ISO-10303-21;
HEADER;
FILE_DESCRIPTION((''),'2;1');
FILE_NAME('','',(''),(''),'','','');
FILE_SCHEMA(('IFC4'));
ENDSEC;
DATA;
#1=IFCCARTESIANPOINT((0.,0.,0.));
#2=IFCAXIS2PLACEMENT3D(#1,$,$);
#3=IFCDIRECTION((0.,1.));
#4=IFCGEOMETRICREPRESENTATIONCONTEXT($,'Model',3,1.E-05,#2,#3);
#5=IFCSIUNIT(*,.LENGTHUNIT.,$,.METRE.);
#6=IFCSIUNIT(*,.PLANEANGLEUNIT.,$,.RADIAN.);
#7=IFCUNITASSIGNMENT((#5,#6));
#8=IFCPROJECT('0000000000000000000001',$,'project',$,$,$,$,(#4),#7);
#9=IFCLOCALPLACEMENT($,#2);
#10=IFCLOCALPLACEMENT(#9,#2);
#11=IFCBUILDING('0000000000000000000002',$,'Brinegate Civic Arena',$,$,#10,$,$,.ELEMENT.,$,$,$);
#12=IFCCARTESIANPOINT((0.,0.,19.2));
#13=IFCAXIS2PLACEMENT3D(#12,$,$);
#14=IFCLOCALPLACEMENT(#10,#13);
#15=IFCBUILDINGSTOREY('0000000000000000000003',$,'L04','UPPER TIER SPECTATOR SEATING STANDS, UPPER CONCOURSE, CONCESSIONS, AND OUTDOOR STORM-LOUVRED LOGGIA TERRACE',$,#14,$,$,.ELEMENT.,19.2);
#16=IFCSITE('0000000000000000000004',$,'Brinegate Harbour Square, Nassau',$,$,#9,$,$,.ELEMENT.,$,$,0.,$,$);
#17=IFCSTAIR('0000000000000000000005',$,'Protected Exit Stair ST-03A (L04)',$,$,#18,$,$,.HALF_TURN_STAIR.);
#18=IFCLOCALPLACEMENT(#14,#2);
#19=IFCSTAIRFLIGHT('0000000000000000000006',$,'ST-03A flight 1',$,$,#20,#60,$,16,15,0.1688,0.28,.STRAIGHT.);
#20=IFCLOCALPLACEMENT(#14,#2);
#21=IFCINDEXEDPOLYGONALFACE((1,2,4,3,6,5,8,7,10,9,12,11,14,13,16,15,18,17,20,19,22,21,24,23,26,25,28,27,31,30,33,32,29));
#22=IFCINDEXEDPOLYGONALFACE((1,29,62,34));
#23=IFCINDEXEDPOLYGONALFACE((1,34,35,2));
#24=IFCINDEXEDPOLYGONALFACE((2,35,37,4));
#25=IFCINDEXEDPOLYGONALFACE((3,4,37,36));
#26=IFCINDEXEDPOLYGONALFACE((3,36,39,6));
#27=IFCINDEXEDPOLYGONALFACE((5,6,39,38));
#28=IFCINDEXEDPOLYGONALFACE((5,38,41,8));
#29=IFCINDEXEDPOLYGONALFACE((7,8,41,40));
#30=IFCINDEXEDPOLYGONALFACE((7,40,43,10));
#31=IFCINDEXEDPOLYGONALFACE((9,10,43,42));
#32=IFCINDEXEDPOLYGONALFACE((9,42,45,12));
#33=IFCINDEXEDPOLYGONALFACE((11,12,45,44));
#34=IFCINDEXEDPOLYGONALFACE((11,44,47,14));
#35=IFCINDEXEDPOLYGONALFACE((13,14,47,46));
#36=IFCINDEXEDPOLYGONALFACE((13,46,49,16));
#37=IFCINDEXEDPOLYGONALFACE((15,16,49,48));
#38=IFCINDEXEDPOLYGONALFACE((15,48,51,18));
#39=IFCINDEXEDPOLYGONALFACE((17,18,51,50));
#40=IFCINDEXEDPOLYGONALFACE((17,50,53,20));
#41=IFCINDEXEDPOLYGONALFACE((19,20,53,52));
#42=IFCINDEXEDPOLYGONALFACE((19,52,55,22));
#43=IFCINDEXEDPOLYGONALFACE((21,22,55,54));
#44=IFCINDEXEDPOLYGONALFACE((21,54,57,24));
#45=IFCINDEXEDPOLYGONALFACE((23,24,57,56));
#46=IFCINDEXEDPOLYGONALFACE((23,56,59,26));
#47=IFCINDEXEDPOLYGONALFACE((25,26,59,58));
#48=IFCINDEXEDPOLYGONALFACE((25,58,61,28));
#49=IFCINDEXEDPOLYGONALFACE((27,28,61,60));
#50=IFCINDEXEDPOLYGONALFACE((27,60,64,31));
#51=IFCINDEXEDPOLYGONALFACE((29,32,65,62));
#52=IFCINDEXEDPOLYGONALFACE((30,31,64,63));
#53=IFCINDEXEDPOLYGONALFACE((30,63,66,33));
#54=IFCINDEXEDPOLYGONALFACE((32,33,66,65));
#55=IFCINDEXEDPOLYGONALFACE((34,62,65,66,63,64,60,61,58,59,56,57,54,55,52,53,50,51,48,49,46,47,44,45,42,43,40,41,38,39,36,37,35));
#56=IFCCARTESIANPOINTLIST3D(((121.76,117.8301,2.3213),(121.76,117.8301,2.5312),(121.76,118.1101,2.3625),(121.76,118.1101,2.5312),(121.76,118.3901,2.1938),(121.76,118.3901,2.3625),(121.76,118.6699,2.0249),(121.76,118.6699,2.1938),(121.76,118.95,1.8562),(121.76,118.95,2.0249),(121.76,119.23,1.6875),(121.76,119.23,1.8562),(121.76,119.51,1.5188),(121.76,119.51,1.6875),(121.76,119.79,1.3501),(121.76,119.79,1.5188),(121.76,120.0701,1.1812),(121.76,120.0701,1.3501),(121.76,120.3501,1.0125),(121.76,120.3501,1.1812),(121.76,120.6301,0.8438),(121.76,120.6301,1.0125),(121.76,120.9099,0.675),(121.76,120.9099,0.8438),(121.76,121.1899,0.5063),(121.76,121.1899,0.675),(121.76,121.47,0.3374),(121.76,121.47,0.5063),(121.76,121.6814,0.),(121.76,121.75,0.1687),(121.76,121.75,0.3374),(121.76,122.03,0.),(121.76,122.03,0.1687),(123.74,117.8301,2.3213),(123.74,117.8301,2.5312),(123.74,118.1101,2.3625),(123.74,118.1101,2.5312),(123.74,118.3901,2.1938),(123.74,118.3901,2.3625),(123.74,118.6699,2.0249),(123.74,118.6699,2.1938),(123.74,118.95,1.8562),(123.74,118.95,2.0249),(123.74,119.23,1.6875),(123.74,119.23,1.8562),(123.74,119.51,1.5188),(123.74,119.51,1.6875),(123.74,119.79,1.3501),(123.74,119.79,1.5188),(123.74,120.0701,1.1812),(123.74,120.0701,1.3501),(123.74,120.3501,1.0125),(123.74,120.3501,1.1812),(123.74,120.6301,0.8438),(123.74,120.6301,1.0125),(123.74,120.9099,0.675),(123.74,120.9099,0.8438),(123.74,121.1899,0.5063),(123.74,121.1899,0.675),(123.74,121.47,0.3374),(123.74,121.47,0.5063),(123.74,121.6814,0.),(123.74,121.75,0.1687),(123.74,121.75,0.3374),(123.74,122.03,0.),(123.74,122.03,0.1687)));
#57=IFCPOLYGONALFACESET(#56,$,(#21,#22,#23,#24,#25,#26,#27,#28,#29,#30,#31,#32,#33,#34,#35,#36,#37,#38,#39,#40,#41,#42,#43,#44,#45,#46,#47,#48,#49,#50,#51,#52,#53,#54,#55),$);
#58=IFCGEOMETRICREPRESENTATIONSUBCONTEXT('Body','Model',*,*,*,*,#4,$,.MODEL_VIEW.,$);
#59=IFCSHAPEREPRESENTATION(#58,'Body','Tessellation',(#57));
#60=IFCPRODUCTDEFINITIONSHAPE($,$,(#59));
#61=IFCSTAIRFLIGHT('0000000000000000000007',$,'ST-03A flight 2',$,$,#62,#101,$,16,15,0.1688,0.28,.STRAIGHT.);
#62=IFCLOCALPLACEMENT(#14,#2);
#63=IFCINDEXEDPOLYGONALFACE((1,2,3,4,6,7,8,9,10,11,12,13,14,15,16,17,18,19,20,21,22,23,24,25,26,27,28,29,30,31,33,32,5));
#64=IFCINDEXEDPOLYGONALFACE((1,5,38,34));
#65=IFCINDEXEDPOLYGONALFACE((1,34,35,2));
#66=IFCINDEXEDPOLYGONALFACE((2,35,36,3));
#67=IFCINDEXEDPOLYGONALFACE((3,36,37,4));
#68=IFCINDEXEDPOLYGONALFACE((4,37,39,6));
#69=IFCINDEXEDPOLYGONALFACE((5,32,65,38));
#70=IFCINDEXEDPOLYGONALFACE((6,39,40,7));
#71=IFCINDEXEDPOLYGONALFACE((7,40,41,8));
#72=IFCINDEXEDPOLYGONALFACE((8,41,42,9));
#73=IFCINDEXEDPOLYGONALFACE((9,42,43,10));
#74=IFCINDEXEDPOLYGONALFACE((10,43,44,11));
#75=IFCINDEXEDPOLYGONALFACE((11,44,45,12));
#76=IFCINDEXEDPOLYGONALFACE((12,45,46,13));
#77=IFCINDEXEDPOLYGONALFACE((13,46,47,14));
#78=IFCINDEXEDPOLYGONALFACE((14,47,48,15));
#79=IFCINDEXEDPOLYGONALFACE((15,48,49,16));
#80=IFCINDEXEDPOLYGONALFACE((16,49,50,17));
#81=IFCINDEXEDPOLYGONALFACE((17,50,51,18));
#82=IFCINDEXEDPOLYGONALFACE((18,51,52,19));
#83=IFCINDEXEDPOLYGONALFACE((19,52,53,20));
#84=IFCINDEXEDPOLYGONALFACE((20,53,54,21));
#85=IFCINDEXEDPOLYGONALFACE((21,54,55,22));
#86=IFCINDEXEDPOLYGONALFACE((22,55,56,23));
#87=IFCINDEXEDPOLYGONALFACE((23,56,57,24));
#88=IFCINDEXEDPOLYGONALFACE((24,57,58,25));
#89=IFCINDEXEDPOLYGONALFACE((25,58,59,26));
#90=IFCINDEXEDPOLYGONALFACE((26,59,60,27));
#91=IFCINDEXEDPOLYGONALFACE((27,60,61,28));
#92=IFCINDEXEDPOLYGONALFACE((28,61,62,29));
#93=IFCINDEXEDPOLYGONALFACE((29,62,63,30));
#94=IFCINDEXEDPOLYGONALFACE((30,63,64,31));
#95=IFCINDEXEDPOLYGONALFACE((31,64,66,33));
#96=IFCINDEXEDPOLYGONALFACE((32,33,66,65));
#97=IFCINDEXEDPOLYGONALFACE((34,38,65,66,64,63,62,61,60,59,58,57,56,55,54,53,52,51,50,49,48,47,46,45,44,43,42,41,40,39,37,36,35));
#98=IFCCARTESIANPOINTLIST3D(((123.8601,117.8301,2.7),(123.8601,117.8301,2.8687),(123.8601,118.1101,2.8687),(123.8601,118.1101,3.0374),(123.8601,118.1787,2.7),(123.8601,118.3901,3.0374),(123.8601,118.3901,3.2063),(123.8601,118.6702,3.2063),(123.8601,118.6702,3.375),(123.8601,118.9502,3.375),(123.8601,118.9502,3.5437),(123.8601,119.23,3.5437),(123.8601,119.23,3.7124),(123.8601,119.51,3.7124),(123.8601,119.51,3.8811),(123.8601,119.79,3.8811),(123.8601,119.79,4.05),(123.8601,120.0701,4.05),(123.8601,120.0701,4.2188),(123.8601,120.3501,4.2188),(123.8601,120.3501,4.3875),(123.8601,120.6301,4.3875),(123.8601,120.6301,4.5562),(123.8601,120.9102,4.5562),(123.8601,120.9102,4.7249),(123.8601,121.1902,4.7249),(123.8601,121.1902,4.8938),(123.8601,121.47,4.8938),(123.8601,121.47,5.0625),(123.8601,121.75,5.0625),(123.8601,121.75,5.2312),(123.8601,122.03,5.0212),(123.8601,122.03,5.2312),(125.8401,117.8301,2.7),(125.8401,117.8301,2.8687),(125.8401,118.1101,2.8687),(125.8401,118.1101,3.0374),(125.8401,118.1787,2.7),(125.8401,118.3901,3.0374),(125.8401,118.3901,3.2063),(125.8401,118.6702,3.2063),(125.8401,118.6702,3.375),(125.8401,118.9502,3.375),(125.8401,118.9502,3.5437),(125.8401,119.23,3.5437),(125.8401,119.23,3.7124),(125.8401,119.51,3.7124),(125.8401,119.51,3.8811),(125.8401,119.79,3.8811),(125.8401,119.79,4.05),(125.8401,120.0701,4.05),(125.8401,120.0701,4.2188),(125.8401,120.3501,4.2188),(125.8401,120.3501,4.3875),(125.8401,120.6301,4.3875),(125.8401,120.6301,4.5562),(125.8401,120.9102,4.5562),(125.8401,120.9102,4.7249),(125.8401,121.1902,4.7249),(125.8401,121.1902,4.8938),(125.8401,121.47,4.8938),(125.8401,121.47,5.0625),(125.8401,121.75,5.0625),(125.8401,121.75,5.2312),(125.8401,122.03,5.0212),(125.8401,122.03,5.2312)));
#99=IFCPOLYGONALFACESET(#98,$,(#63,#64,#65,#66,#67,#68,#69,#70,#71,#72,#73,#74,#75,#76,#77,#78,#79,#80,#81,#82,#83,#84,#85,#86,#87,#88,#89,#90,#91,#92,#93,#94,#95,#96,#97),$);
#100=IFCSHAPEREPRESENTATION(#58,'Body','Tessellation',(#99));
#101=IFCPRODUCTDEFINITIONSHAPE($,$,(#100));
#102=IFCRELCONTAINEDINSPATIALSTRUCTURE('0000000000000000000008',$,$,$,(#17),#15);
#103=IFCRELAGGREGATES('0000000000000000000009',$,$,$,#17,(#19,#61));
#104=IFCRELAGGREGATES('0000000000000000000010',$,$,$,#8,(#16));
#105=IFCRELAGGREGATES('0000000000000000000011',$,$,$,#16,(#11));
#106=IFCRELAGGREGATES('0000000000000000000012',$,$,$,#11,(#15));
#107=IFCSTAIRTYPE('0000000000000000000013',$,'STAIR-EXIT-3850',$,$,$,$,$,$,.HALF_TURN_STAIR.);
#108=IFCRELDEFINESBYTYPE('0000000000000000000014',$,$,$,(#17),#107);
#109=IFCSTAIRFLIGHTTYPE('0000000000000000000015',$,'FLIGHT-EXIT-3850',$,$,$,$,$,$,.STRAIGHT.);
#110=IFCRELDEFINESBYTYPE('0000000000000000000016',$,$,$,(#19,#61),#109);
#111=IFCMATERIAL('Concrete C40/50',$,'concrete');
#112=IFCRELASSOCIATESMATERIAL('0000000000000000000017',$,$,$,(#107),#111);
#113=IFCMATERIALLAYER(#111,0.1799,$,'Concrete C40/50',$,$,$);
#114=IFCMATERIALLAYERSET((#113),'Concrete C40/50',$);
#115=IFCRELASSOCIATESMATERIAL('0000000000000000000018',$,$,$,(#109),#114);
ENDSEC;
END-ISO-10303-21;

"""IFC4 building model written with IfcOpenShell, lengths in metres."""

from ifc_helpers import new_model, si_unit, direction, frame, origin, place, context, subcontext, project, spatial, polyline, outline, extrude, material, layer, layer_set, type_object, element, aggregate, save


model = new_model("IFC4")

# Units and contexts
model_context = context("Model", 3, precision=1e-05, world=origin(), true_north=direction((0.0, 1.0)))
body_context = subcontext(model_context, "Body", "Model", "MODEL_VIEW")
ifc_project = project(units=[si_unit("LENGTHUNIT", "METRE"), si_unit("PLANEANGLEUNIT", "RADIAN")], contexts=[model_context])

# Site, building, storey
site_placement = place(None, origin())
site = spatial("IfcSite", under=ifc_project, at=site_placement, Name="Brinegate Harbour Square, Nassau", CompositionType="ELEMENT", RefElevation=0.0)
building_placement = place(site_placement, origin())
building = spatial("IfcBuilding", under=site, at=building_placement, Name="Brinegate Civic Arena", CompositionType="ELEMENT")
storey_placement = place(building_placement, frame((0.0, 0.0, 19.2)))
storey = spatial("IfcBuildingStorey", under=building, at=storey_placement, Name="L04", Description="UPPER TIER SPECTATOR SEATING STANDS, UPPER CONCOURSE, CONCESSIONS, AND OUTDOOR STORM-LOUVRED LOGGIA TERRACE", CompositionType="ELEMENT", Elevation=19.2)

# Stair, stair flights
ifc_material_1 = material(Name="Concrete C40/50", Category="concrete")
stair_type_1 = type_object("IfcStairType", Name="STAIR-EXIT-3850", PredefinedType="HALF_TURN_STAIR", material=ifc_material_1)
stair_1_placement = place(storey_placement, origin())
stair_1 = element("IfcStair", 1, at=stair_1_placement, inside=storey, type_object=stair_type_1, Name="Protected Exit Stair ST-03A (L04)", PredefinedType="HALF_TURN_STAIR")
ifc_layer_1 = layer(ifc_material_1, 0.1799, Name="Concrete C40/50")
ifc_layer_set_1 = layer_set([ifc_layer_1], Name="Concrete C40/50")
stair_flight_type_1 = type_object("IfcStairFlightType", Name="FLIGHT-EXIT-3850", PredefinedType="STRAIGHT", material=ifc_layer_set_1)
stair_flight_1_placement = place(storey_placement, frame((122.75, 122.03, 0.0), z_axis=(0.0, 0.0, 1.0), x_axis=(0.0, -1.0, 0.0)))
stair_flight_1 = element("IfcStairFlight", 2, at=stair_flight_1_placement, type_object=stair_flight_type_1, Name="ST-03A flight 1", NumberOfRisers=16, NumberOfTreads=15, PredefinedType="STRAIGHT", RiserHeight=0.1688, TreadLength=0.28, context=body_context, shape_type="SweptSolid", body=[
    extrude(outline(polyline([(0.0, 0.0), (0.0, 0.1687), (0.28, 0.1687), (0.28, 0.3374), (0.5601, 0.3374), (0.5601, 0.5063), (0.8401, 0.5063), (0.8401, 0.675), (1.1201, 0.675), (1.1201, 0.8438), (1.3999, 0.8438), (1.3999, 1.0125), (1.6799, 1.0125), (1.6799, 1.1812), (1.96, 1.1812), (1.96, 1.3501), (2.24, 1.3501), (2.24, 1.5188), (2.52, 1.5188), (2.52, 1.6875), (2.8, 1.6875), (2.8, 1.8562), (3.0801, 1.8562), (3.0801, 2.0249), (3.3601, 2.0249), (3.3601, 2.1938), (3.6399, 2.1938), (3.6399, 2.3625), (3.9199, 2.3625), (3.9199, 2.5312), (4.2, 2.5312), (4.2, 2.7), (4.2, 2.3213), (0.3486, 0.0), (0.0, 0.0)])), frame((0.0, 0.99, 0.0), z_axis=(0.0, -1.0, 0.0), x_axis=(1.0, 0.0, 0.0)), (0.0, 0.0, 1.0), 1.98),
])
stair_flight_2_placement = place(storey_placement, frame((124.8501, 117.8301, 2.7), z_axis=(0.0, 0.0, 1.0), x_axis=(0.0, 1.0, 0.0)))
stair_flight_2 = element("IfcStairFlight", 3, at=stair_flight_2_placement, type_object=stair_flight_type_1, Name="ST-03A flight 2", NumberOfRisers=16, NumberOfTreads=15, PredefinedType="STRAIGHT", RiserHeight=0.1688, TreadLength=0.28, context=body_context, shape_type="SweptSolid", body=[
    extrude(outline(polyline([(0.0, 0.0), (0.0, 0.1687), (0.28, 0.1687), (0.28, 0.3374), (0.5601, 0.3374), (0.5601, 0.5063), (0.8401, 0.5063), (0.8401, 0.675), (1.1201, 0.675), (1.1201, 0.8438), (1.3999, 0.8438), (1.3999, 1.0125), (1.6799, 1.0125), (1.6799, 1.1812), (1.96, 1.1812), (1.96, 1.3501), (2.24, 1.3501), (2.24, 1.5188), (2.52, 1.5188), (2.52, 1.6875), (2.8, 1.6875), (2.8, 1.8562), (3.0801, 1.8562), (3.0801, 2.0249), (3.3601, 2.0249), (3.3601, 2.1938), (3.6399, 2.1938), (3.6399, 2.3625), (3.9199, 2.3625), (3.9199, 2.5312), (4.2, 2.5312), (4.2, 2.7), (4.2, 2.3213), (0.3486, 0.0), (0.0, 0.0)])), frame((0.0, 0.99, 0.0), z_axis=(0.0, -1.0, 0.0), x_axis=(1.0, 0.0, 0.0)), (0.0, 0.0, 1.0), 1.98),
])
aggregate(stair_1, [stair_flight_1, stair_flight_2])

save(model, "model.ifc")
